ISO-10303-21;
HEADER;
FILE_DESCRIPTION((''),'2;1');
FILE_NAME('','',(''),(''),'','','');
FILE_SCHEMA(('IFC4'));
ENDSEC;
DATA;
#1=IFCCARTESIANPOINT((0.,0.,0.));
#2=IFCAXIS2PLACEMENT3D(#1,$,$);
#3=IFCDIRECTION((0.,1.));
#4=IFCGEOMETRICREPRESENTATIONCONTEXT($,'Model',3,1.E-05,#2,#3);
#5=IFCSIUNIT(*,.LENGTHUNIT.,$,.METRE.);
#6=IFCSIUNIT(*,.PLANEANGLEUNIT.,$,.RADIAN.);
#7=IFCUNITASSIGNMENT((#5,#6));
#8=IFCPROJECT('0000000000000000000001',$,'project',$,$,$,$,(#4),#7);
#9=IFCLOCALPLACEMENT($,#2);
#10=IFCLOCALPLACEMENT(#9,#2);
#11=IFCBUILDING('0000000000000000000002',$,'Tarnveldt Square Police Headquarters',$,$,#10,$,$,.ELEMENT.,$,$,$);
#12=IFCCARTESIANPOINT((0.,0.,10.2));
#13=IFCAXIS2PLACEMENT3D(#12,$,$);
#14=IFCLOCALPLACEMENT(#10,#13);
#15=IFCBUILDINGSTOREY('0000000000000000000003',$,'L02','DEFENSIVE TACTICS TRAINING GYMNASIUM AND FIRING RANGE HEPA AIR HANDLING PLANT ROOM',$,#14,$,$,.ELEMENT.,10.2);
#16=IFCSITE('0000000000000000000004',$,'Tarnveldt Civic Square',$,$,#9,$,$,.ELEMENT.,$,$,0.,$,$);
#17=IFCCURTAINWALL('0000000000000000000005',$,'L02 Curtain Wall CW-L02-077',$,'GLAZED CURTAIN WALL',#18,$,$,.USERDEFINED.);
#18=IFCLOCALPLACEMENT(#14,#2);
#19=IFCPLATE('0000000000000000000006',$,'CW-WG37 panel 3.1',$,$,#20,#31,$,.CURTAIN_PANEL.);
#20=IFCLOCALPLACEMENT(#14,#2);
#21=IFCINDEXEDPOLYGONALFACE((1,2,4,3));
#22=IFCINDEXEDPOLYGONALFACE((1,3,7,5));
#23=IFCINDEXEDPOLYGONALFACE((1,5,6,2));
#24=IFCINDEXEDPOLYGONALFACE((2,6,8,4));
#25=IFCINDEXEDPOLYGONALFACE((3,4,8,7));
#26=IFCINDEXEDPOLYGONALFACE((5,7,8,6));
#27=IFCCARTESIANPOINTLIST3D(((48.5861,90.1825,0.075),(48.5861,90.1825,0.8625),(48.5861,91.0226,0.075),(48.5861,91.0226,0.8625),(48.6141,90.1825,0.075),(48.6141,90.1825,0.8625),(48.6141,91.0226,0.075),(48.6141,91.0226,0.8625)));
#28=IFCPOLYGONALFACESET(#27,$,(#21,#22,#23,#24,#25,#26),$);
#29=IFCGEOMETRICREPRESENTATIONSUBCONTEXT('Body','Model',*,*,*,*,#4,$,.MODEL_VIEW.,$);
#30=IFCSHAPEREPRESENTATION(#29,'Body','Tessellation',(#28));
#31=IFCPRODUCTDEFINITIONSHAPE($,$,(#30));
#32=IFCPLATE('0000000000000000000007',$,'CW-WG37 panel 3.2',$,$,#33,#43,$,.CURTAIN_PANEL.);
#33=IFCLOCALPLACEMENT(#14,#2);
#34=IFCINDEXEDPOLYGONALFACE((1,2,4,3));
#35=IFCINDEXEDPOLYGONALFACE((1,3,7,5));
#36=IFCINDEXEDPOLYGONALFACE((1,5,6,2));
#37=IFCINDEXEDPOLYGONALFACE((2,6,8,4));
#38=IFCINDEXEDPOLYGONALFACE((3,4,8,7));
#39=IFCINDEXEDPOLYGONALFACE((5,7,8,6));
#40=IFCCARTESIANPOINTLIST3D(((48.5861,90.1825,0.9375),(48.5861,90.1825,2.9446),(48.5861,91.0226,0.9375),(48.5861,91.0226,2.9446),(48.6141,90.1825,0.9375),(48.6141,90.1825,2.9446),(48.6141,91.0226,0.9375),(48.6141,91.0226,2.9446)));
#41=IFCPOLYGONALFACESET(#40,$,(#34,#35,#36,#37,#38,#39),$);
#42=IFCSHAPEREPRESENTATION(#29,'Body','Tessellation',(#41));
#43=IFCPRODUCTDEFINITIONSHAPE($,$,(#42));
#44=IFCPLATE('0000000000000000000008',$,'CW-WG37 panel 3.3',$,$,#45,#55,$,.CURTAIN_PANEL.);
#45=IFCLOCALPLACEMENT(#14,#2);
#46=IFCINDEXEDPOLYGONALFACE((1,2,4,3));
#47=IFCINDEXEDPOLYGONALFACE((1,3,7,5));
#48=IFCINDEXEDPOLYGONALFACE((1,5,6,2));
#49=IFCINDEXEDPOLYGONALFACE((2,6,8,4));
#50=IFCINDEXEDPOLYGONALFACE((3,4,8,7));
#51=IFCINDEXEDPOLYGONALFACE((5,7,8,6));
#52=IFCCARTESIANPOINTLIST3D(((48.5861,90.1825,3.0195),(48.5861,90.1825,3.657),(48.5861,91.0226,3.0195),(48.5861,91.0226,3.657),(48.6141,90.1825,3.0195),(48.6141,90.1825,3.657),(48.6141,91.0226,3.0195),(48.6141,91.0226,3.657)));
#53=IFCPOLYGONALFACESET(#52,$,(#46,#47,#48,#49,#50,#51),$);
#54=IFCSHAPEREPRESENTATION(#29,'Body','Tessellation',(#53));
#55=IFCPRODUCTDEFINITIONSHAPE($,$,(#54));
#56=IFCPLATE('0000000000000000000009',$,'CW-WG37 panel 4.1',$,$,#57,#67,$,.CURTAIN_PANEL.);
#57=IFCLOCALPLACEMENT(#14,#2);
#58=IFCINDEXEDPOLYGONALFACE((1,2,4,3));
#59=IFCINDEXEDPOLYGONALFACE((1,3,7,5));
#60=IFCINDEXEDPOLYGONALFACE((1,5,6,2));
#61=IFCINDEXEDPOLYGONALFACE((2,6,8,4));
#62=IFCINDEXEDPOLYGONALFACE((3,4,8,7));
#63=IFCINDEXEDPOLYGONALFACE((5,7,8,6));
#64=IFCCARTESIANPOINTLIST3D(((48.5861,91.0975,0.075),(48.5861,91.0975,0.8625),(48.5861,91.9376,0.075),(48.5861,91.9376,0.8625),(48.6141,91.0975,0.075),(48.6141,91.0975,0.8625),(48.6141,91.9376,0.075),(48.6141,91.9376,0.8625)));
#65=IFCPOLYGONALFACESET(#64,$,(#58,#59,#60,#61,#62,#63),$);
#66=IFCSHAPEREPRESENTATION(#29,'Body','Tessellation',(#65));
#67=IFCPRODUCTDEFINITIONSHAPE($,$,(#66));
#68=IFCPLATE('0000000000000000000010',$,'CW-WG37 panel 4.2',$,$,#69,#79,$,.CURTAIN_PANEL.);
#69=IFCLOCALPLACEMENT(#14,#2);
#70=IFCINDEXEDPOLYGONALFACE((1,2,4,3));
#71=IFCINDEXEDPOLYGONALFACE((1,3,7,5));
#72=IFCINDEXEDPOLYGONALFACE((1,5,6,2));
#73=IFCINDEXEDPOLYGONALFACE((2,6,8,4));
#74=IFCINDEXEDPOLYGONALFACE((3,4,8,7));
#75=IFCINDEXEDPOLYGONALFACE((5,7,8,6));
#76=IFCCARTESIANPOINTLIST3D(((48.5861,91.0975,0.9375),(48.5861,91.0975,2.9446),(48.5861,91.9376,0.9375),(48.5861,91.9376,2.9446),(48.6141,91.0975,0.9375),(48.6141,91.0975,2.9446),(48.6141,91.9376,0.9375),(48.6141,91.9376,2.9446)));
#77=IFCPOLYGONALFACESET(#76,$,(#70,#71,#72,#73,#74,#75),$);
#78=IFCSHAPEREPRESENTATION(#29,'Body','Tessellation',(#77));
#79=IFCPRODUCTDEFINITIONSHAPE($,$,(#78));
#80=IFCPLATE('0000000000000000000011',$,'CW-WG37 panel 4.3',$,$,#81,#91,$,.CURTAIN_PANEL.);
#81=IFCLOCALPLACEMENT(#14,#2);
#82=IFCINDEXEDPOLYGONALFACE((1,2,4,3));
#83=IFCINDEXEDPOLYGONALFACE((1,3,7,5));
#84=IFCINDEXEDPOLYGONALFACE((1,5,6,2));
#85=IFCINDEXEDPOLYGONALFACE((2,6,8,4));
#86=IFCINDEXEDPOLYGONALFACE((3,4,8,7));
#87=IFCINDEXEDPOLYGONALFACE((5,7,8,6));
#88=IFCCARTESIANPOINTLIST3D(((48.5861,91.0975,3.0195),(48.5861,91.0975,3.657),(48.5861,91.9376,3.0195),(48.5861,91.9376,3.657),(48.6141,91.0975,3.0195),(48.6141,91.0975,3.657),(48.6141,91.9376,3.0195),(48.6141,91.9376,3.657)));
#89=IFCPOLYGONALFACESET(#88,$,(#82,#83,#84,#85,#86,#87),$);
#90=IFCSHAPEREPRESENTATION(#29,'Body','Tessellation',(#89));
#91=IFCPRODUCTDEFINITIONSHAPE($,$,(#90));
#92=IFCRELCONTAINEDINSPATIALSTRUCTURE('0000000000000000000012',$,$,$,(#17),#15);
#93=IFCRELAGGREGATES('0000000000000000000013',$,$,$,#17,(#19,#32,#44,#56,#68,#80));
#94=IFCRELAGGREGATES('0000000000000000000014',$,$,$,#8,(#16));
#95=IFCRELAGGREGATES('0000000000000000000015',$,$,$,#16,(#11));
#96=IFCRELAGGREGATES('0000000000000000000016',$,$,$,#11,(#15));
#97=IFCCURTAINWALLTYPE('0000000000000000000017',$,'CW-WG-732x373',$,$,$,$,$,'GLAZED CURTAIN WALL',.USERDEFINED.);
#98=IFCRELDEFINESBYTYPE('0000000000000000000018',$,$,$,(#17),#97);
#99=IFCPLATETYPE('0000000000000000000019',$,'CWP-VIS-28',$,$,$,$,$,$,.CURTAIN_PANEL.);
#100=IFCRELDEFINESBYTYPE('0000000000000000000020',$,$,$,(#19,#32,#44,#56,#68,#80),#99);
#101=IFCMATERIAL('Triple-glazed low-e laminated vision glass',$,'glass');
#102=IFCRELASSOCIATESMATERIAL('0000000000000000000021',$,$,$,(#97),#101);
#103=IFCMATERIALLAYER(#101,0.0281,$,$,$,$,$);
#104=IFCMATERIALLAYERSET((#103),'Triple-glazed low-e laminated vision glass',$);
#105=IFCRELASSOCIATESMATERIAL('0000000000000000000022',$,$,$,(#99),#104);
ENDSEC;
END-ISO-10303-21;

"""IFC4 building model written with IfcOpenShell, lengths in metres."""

from ifc_helpers import new_model, si_unit, direction, frame, origin, origin_2d, place, context, subcontext, project, spatial, rectangle, extrude, material, layer, layer_set, type_object, element, aggregate, save


model = new_model("IFC4")

# Units and contexts
model_context = context("Model", 3, precision=1e-05, world=origin(), true_north=direction((0.0, 1.0)))
body_context = subcontext(model_context, "Body", "Model", "MODEL_VIEW")
ifc_project = project(units=[si_unit("LENGTHUNIT", "METRE"), si_unit("PLANEANGLEUNIT", "RADIAN")], contexts=[model_context])

# Site, building, storey
site_placement = place(None, origin())
site = spatial("IfcSite", under=ifc_project, at=site_placement, Name="Tarnveldt Civic Square", CompositionType="ELEMENT", RefElevation=0.0)
building_placement = place(site_placement, origin())
building = spatial("IfcBuilding", under=site, at=building_placement, Name="Tarnveldt Square Police Headquarters", CompositionType="ELEMENT")
storey_placement = place(building_placement, frame((0.0, 0.0, 10.2)))
storey = spatial("IfcBuildingStorey", under=building, at=storey_placement, Name="L02", Description="DEFENSIVE TACTICS TRAINING GYMNASIUM AND FIRING RANGE HEPA AIR HANDLING PLANT ROOM", CompositionType="ELEMENT", Elevation=10.2)

# Curtain wall, plates
ifc_material_1 = material(Name="Triple-glazed low-e laminated vision glass", Category="glass")
curtain_wall_type = type_object("IfcCurtainWallType", Name="CW-WG-732x373", ElementType="GLAZED CURTAIN WALL", PredefinedType="USERDEFINED", material=ifc_material_1)
curtain_wall_placement = place(storey_placement, origin())
curtain_wall = element("IfcCurtainWall", 1, at=curtain_wall_placement, inside=storey, type_object=curtain_wall_type, Name="L02 Curtain Wall CW-L02-077", ObjectType="GLAZED CURTAIN WALL", PredefinedType="USERDEFINED")
ifc_layer = layer(ifc_material_1, 0.0281)
ifc_layer_set = layer_set([ifc_layer], Name="Triple-glazed low-e laminated vision glass")
plate_type = type_object("IfcPlateType", Name="CWP-VIS-28", PredefinedType="CURTAIN_PANEL", material=ifc_layer_set)
plate_1_placement = place(storey_placement, frame((48.6001, 90.6025, 0.075), z_axis=(0.0, 0.0, 1.0), x_axis=(0.0, 1.0, 0.0)))
plate_1 = element("IfcPlate", 2, at=plate_1_placement, type_object=plate_type, Name="CW-WG37 panel 3.1", PredefinedType="CURTAIN_PANEL", context=body_context, shape_type="SweptSolid", body=[
    extrude(rectangle(XDim=0.8401, YDim=0.0281, at=origin_2d()), origin(), (0.0, 0.0, 1.0), 0.7876),
])
plate_2_placement = place(storey_placement, frame((48.6001, 90.6025, 0.9375), z_axis=(0.0, 0.0, 1.0), x_axis=(0.0, 1.0, 0.0)))
plate_2 = element("IfcPlate", 3, at=plate_2_placement, type_object=plate_type, Name="CW-WG37 panel 3.2", PredefinedType="CURTAIN_PANEL", context=body_context, shape_type="SweptSolid", body=[
    extrude(rectangle(XDim=0.8401, YDim=0.0281, at=origin_2d()), origin(), (0.0, 0.0, 1.0), 2.0071),
])
plate_3_placement = place(storey_placement, frame((48.6001, 90.6025, 3.0195), z_axis=(0.0, 0.0, 1.0), x_axis=(0.0, 1.0, 0.0)))
plate_3 = element("IfcPlate", 4, at=plate_3_placement, type_object=plate_type, Name="CW-WG37 panel 3.3", PredefinedType="CURTAIN_PANEL", context=body_context, shape_type="SweptSolid", body=[
    extrude(rectangle(XDim=0.8401, YDim=0.0281, at=origin_2d()), origin(), (0.0, 0.0, 1.0), 0.6375),
])
plate_4_placement = place(storey_placement, frame((48.6001, 91.5176, 0.075), z_axis=(0.0, 0.0, 1.0), x_axis=(0.0, 1.0, 0.0)))
plate_4 = element("IfcPlate", 5, at=plate_4_placement, type_object=plate_type, Name="CW-WG37 panel 4.1", PredefinedType="CURTAIN_PANEL", context=body_context, shape_type="SweptSolid", body=[
    extrude(rectangle(XDim=0.8401, YDim=0.0281, at=origin_2d()), origin(), (0.0, 0.0, 1.0), 0.7876),
])
plate_5_placement = place(storey_placement, frame((48.6001, 91.5176, 0.9375), z_axis=(0.0, 0.0, 1.0), x_axis=(0.0, 1.0, 0.0)))
plate_5 = element("IfcPlate", 6, at=plate_5_placement, type_object=plate_type, Name="CW-WG37 panel 4.2", PredefinedType="CURTAIN_PANEL", context=body_context, shape_type="SweptSolid", body=[
    extrude(rectangle(XDim=0.8401, YDim=0.0281, at=origin_2d()), origin(), (0.0, 0.0, 1.0), 2.0071),
])
plate_6_placement = place(storey_placement, frame((48.6001, 91.5176, 3.0195), z_axis=(0.0, 0.0, 1.0), x_axis=(0.0, 1.0, 0.0)))
plate_6 = element("IfcPlate", 7, at=plate_6_placement, type_object=plate_type, Name="CW-WG37 panel 4.3", PredefinedType="CURTAIN_PANEL", context=body_context, shape_type="SweptSolid", body=[
    extrude(rectangle(XDim=0.8401, YDim=0.0281, at=origin_2d()), origin(), (0.0, 0.0, 1.0), 0.6375),
])
aggregate(curtain_wall, [plate_1, plate_2, plate_3, plate_4, plate_5, plate_6])

save(model, "model.ifc")
